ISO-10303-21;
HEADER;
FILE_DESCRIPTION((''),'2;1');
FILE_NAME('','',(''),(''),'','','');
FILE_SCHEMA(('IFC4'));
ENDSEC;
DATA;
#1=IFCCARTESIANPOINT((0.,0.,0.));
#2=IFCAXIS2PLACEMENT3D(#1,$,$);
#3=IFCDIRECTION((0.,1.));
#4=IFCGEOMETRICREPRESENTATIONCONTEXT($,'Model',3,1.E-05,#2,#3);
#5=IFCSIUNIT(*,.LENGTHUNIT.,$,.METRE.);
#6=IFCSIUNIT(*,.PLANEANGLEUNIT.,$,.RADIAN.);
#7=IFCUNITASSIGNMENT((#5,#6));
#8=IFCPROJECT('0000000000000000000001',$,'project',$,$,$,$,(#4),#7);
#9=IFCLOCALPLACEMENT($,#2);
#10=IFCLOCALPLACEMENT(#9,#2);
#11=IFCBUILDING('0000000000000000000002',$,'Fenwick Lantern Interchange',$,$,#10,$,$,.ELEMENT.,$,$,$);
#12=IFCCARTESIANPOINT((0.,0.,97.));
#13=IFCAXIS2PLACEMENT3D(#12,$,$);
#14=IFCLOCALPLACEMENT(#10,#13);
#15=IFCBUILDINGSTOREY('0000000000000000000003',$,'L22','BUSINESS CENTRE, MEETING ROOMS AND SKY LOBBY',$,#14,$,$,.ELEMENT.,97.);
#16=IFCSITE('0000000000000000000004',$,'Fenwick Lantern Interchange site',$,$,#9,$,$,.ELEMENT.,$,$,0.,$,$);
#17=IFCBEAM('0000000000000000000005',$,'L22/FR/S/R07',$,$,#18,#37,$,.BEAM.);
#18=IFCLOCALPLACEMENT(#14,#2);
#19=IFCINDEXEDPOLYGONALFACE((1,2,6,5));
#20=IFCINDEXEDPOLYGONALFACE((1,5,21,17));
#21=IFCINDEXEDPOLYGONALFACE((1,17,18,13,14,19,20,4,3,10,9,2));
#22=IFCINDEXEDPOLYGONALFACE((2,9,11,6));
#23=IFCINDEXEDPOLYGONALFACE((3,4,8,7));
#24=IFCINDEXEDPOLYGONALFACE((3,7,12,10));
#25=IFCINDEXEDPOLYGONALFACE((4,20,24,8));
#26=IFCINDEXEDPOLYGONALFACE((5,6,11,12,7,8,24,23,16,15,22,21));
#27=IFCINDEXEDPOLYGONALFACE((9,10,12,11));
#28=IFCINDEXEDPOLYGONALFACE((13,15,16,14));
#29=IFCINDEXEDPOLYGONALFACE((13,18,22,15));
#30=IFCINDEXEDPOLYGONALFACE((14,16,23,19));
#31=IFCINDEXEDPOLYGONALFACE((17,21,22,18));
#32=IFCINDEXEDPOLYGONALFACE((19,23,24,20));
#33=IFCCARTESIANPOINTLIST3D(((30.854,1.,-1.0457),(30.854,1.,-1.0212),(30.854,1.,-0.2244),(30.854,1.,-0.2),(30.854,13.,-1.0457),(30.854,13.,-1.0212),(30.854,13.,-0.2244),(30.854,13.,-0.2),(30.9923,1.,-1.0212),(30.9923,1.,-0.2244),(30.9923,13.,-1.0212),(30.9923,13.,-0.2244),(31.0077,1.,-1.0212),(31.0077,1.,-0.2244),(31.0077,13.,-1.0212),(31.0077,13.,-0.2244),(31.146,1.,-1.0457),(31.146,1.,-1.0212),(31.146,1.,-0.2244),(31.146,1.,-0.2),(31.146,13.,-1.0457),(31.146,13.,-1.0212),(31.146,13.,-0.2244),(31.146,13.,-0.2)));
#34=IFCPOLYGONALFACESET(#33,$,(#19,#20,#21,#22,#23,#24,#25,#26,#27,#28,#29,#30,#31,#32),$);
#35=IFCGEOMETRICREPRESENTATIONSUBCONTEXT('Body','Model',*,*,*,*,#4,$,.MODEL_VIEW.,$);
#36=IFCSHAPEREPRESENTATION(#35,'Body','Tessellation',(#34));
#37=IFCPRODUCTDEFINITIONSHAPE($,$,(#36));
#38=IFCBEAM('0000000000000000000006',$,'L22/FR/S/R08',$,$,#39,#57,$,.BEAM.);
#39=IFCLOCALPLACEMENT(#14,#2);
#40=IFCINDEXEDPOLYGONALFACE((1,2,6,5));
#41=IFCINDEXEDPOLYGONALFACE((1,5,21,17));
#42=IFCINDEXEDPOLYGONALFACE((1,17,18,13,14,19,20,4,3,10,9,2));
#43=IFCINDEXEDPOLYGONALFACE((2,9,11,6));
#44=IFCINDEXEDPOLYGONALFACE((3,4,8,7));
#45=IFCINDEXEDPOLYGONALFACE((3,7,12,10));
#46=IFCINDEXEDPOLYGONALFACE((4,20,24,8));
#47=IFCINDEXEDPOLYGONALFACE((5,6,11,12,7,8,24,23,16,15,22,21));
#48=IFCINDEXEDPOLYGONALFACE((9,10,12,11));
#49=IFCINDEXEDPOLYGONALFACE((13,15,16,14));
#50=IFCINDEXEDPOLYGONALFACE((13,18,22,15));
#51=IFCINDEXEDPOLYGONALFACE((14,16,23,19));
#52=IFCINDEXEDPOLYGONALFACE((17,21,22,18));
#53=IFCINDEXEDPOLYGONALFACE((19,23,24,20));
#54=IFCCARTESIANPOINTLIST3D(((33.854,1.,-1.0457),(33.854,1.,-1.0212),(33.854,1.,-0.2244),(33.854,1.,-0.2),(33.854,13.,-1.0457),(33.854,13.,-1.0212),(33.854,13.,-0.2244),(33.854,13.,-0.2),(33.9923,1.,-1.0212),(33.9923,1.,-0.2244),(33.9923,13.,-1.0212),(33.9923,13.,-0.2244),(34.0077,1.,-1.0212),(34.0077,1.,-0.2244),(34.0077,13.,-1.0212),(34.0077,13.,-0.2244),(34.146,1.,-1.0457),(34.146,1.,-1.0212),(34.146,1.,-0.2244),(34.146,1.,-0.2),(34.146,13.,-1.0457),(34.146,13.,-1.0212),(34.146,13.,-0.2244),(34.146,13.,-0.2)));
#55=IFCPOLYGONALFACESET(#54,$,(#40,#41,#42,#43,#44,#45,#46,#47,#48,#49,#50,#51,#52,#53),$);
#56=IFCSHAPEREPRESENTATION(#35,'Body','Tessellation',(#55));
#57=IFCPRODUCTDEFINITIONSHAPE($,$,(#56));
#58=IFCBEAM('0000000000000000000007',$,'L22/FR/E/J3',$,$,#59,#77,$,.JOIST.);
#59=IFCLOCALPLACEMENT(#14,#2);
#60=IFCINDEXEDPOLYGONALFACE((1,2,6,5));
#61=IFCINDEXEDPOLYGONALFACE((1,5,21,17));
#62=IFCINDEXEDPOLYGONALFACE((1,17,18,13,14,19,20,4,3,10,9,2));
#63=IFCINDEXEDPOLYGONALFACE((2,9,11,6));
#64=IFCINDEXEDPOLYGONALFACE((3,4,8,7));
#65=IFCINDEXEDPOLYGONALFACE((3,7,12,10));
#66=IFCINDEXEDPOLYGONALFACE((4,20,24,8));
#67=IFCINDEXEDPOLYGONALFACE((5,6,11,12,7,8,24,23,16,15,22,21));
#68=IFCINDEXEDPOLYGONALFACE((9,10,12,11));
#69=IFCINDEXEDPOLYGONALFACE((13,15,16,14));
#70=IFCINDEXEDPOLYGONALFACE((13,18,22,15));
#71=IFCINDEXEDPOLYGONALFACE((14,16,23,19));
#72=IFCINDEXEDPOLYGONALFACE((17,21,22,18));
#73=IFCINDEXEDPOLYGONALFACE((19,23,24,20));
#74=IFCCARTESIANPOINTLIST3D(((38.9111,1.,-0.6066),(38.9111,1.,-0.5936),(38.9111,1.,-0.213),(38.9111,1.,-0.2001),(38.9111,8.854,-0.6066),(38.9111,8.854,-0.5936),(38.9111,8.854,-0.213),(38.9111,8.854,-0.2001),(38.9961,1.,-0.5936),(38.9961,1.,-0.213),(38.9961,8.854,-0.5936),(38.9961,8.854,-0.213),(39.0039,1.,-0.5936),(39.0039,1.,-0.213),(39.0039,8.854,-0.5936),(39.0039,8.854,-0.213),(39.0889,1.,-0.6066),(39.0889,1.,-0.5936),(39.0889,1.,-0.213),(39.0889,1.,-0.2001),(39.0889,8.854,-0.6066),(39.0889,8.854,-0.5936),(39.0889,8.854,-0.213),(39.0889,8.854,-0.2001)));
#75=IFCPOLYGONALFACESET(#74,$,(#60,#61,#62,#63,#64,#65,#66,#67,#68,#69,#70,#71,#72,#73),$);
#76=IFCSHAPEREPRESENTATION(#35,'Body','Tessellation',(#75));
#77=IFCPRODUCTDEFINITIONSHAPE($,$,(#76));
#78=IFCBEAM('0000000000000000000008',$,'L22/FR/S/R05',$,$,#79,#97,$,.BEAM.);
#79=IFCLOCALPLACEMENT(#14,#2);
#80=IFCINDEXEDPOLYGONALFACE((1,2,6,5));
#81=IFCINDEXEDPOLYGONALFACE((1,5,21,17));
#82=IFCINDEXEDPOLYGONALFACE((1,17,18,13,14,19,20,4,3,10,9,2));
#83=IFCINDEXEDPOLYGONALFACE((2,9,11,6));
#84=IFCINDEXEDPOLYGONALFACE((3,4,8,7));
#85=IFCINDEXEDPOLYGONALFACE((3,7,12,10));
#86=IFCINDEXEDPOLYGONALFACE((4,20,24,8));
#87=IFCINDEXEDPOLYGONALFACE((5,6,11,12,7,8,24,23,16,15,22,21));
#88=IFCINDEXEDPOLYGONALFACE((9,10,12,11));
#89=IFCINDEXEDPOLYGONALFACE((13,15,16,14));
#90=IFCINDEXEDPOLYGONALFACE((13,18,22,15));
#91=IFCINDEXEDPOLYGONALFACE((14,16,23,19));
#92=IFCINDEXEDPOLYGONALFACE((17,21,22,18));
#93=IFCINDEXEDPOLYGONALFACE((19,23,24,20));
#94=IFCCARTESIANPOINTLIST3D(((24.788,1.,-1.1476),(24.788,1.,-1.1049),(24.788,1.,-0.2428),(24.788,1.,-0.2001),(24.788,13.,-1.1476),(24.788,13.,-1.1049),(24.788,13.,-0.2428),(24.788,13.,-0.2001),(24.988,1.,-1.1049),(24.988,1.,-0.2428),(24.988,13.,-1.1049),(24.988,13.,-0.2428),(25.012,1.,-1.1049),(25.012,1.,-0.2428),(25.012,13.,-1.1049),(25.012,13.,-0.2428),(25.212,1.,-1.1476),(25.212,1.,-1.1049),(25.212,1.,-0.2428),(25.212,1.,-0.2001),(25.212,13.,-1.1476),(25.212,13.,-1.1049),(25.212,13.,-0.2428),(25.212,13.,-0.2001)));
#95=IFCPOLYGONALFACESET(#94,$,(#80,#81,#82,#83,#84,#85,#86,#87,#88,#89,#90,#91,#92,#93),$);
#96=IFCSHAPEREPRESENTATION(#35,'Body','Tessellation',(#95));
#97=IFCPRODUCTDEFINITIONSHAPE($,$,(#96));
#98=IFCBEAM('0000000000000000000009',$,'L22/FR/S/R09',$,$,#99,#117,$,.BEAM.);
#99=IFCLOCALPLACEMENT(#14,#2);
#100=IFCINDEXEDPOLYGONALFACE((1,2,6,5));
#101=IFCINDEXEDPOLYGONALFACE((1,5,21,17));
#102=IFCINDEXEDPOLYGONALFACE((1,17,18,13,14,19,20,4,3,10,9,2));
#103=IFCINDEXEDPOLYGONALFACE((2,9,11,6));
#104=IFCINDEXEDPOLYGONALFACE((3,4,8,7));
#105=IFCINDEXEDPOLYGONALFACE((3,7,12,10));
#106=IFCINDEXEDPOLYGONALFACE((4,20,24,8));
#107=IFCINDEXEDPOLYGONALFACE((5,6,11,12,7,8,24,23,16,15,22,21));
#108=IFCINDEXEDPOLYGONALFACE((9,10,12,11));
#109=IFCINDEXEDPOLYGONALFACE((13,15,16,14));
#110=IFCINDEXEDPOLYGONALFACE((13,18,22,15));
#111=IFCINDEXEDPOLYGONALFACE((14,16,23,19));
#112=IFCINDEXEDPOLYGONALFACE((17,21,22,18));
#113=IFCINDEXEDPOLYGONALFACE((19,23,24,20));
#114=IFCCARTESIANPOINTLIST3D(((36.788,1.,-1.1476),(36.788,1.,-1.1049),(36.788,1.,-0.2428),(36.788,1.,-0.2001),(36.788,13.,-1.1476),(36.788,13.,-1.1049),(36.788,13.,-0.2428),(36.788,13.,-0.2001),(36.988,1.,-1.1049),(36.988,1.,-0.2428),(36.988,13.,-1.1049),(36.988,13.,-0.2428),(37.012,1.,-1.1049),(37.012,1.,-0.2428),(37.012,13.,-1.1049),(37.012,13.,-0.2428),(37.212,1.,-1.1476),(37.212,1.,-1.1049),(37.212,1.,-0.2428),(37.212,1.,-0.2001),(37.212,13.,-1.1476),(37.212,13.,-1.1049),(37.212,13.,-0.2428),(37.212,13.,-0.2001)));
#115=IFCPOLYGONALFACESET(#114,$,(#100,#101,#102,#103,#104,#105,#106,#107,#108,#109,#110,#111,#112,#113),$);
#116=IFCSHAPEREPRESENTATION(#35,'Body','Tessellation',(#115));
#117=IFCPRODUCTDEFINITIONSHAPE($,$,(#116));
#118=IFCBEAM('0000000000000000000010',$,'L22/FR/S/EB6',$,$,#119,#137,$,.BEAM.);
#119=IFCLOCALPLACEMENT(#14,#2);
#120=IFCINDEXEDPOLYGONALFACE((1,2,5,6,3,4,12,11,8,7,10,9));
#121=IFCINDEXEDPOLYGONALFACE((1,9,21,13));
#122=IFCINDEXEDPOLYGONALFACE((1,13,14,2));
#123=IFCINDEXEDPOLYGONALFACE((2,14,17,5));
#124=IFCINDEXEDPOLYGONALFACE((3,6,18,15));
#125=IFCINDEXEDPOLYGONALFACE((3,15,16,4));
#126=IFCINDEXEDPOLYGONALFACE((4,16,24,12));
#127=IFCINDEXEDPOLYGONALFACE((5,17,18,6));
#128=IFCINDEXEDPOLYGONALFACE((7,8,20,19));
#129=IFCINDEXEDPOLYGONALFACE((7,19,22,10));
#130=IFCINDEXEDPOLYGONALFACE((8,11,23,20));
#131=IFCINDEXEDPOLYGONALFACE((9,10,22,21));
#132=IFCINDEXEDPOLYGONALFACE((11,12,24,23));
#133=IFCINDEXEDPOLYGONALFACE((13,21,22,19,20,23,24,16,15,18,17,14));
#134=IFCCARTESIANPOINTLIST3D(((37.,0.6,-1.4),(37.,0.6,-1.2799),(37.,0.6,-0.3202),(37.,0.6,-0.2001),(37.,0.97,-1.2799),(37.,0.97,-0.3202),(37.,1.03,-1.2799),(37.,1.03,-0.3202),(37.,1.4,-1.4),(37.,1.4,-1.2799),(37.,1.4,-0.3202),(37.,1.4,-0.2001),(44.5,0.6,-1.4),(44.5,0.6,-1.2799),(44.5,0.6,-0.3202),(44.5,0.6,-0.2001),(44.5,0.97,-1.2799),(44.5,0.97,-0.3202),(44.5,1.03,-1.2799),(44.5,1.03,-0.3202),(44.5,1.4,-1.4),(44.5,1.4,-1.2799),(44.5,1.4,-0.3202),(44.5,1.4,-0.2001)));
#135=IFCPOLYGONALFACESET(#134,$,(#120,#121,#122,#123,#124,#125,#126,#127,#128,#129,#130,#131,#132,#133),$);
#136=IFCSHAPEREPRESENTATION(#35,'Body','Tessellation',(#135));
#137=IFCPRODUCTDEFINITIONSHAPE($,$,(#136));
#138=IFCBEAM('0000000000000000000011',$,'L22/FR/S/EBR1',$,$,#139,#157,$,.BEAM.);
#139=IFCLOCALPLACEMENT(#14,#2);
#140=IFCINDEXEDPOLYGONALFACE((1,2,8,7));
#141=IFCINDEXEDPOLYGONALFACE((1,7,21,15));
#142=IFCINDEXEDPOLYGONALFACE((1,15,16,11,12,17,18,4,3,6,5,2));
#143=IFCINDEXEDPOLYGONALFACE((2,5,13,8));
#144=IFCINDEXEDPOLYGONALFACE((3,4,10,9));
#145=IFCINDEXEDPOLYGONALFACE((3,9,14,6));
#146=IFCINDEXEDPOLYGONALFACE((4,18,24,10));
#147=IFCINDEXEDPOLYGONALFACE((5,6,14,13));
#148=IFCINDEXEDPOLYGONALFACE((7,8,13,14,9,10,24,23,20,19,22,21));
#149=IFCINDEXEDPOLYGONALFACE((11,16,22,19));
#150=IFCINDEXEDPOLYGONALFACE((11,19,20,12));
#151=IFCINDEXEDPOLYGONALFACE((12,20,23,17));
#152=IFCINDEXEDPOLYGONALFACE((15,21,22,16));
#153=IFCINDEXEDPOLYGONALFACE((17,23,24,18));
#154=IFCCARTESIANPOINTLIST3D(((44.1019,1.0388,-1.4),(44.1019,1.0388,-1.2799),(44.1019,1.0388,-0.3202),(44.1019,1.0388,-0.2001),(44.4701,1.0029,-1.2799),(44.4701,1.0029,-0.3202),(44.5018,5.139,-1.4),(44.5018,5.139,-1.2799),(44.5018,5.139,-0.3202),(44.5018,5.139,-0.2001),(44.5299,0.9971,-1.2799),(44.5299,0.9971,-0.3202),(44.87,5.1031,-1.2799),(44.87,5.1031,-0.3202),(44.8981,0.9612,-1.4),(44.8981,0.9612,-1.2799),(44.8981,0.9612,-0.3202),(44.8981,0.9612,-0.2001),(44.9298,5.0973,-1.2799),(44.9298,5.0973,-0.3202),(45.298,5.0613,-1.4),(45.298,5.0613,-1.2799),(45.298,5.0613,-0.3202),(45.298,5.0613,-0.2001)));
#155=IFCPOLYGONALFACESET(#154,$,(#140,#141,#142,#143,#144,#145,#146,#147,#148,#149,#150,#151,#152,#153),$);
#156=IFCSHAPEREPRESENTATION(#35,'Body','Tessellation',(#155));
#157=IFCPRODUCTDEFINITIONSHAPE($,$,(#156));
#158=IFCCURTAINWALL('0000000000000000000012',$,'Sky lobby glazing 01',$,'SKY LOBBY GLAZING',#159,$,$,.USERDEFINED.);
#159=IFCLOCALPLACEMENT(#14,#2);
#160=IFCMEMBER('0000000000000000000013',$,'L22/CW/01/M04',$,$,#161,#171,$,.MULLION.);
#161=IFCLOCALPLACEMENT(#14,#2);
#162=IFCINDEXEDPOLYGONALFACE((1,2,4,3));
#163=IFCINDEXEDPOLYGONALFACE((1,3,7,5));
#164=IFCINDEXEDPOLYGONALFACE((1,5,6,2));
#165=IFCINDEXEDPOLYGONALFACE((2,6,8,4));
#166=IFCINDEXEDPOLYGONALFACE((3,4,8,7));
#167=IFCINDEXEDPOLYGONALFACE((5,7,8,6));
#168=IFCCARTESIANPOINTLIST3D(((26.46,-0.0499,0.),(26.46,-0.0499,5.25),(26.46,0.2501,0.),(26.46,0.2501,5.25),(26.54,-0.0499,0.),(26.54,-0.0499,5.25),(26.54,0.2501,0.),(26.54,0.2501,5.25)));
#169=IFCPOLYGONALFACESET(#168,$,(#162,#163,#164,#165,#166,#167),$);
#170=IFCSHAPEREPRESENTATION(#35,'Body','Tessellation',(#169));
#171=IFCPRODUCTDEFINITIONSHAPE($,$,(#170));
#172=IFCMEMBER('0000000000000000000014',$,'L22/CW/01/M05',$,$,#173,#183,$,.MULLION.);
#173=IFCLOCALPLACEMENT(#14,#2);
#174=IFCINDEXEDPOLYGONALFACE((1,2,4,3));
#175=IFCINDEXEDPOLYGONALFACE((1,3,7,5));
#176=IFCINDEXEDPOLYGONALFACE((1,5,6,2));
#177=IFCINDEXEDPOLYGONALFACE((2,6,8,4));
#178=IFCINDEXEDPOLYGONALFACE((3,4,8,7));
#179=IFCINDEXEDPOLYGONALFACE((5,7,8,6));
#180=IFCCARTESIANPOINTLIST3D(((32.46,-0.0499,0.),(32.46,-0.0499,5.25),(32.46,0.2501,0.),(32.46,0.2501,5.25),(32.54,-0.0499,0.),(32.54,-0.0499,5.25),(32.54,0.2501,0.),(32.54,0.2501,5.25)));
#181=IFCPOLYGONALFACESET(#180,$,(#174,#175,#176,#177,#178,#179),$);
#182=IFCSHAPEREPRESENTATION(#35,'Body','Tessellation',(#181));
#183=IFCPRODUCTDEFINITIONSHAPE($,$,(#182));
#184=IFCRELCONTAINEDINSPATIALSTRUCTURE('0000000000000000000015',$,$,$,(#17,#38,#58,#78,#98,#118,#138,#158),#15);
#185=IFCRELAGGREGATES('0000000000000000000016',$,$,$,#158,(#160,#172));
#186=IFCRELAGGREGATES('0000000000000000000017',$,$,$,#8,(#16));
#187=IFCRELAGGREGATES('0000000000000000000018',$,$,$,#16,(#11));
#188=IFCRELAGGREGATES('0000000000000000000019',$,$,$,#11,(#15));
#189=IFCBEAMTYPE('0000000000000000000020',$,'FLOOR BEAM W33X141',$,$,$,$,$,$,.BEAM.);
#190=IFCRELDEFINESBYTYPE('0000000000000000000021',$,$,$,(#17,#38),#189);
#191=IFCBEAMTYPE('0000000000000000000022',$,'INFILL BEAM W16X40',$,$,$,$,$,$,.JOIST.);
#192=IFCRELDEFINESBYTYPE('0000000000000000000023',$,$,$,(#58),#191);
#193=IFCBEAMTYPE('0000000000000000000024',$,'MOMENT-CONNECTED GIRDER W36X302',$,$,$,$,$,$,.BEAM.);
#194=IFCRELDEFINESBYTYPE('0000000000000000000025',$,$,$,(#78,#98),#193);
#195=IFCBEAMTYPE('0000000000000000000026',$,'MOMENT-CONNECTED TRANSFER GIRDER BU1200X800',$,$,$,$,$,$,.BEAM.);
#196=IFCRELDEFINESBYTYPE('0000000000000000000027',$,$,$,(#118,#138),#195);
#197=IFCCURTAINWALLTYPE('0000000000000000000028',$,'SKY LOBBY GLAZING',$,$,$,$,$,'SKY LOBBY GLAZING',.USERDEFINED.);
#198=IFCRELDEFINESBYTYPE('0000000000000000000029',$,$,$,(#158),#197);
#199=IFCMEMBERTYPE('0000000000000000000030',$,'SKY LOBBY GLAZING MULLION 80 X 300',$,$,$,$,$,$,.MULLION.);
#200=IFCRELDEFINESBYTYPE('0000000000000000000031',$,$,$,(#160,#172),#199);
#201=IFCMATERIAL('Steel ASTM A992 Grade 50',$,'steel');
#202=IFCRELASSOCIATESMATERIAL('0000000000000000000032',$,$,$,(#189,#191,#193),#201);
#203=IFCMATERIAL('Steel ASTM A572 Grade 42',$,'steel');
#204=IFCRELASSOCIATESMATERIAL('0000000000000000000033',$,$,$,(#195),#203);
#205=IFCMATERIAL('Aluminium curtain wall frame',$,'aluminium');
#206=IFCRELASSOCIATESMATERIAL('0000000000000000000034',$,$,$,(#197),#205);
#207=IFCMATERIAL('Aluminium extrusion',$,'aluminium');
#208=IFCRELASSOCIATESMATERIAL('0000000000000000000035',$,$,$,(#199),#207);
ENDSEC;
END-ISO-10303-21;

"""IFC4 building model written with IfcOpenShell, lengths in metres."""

from ifc_helpers import new_model, si_unit, direction, frame, origin, origin_2d, place, context, subcontext, project, spatial, rectangle, i_section, extrude, material, material_profile, profile_set, type_object, element, aggregate, save


model = new_model("IFC4")

# Units and contexts
model_context = context("Model", 3, precision=1e-05, world=origin(), true_north=direction((0.0, 1.0)))
body_context = subcontext(model_context, "Body", "Model", "MODEL_VIEW")
ifc_project = project(units=[si_unit("LENGTHUNIT", "METRE"), si_unit("PLANEANGLEUNIT", "RADIAN")], contexts=[model_context])

# Site, building, storey
site_placement = place(None, origin())
site = spatial("IfcSite", under=ifc_project, at=site_placement, Name="Fenwick Lantern Interchange site", CompositionType="ELEMENT", RefElevation=0.0)
building_placement = place(site_placement, origin())
building = spatial("IfcBuilding", under=site, at=building_placement, Name="Fenwick Lantern Interchange", CompositionType="ELEMENT")
storey_placement = place(building_placement, frame((0.0, 0.0, 97.0)))
storey = spatial("IfcBuildingStorey", under=building, at=storey_placement, Name="L22", Description="BUSINESS CENTRE, MEETING ROOMS AND SKY LOBBY", CompositionType="ELEMENT", Elevation=97.0)

# Shared definitions
ifc_material_1 = material(Name="Steel ASTM A992 Grade 50", Category="steel")

# Beams
ifc_material_profile_1 = material_profile(ifc_material_1, i_section(OverallWidth=0.292, OverallDepth=0.8457, WebThickness=0.0154, FlangeThickness=0.0244, at=origin_2d()), Name="W33X141")
ifc_profile_set_1 = profile_set([ifc_material_profile_1], Name="Steel ASTM A992 Grade 50")
beam_type_1 = type_object("IfcBeamType", Name="FLOOR BEAM W33X141", PredefinedType="BEAM", material=ifc_profile_set_1)
for number, where, z_axis, x_axis, name in (
    (1, (31.0, 1.0, -0.6228), (0.0, 1.0, 0.0), (-1.0, 0.0, 0.0), "L22/FR/S/R07"),
    (2, (34.0, 1.0, -0.6228), (0.0, 1.0, 0.0), (-1.0, 0.0, 0.0), "L22/FR/S/R08"),
):
    element("IfcBeam", number, at=place(storey_placement, frame(where, z_axis=z_axis, x_axis=x_axis)), inside=storey, type_object=beam_type_1, Name=name, PredefinedType="BEAM", context=body_context, shape_type="SweptSolid", body=[
        extrude(i_section(OverallWidth=0.292, OverallDepth=0.8457, WebThickness=0.0154, FlangeThickness=0.0244, at=origin_2d()), origin(), (0.0, 0.0, 1.0), 12.0),
    ])
ifc_material_profile_2 = material_profile(ifc_material_1, i_section(OverallWidth=0.1777, OverallDepth=0.4065, WebThickness=0.0078, FlangeThickness=0.0129, at=origin_2d()), Name="W16X40")
ifc_profile_set_2 = profile_set([ifc_material_profile_2], Name="Steel ASTM A992 Grade 50")
beam_type_2 = type_object("IfcBeamType", Name="INFILL BEAM W16X40", PredefinedType="JOIST", material=ifc_profile_set_2)
beam_1_placement = place(storey_placement, frame((39.0, 1.0, -0.4033), z_axis=(0.0, 1.0, 0.0), x_axis=(-1.0, 0.0, 0.0)))
element("IfcBeam", 3, at=beam_1_placement, inside=storey, type_object=beam_type_2, Name="L22/FR/E/J3", PredefinedType="JOIST", context=body_context, shape_type="SweptSolid", body=[
    extrude(i_section(OverallWidth=0.1777, OverallDepth=0.4065, WebThickness=0.0078, FlangeThickness=0.0129, at=origin_2d()), origin(), (0.0, 0.0, 1.0), 7.854),
])
ifc_material_profile_3 = material_profile(ifc_material_1, i_section(OverallWidth=0.4241, OverallDepth=0.9475, WebThickness=0.0239, FlangeThickness=0.0427, at=origin_2d()), Name="W36X302")
ifc_profile_set_3 = profile_set([ifc_material_profile_3], Name="Steel ASTM A992 Grade 50")
beam_type_3 = type_object("IfcBeamType", Name="MOMENT-CONNECTED GIRDER W36X302", PredefinedType="BEAM", material=ifc_profile_set_3)
for number, where, z_axis, x_axis, name in (
    (4, (25.0, 1.0, -0.6738), (0.0, 1.0, 0.0), (-1.0, 0.0, 0.0), "L22/FR/S/R05"),
    (5, (37.0, 1.0, -0.6738), (0.0, 1.0, 0.0), (-1.0, 0.0, 0.0), "L22/FR/S/R09"),
):
    element("IfcBeam", number, at=place(storey_placement, frame(where, z_axis=z_axis, x_axis=x_axis)), inside=storey, type_object=beam_type_3, Name=name, PredefinedType="BEAM", context=body_context, shape_type="SweptSolid", body=[
        extrude(i_section(OverallWidth=0.4241, OverallDepth=0.9475, WebThickness=0.0239, FlangeThickness=0.0427, at=origin_2d()), origin(), (0.0, 0.0, 1.0), 12.0),
    ])
ifc_material_2 = material(Name="Steel ASTM A572 Grade 42", Category="steel")
ifc_material_profile_4 = material_profile(ifc_material_2, i_section(OverallWidth=0.8, OverallDepth=1.2, WebThickness=0.0601, FlangeThickness=0.1201, at=origin_2d()), Name="BU1200X800")
ifc_profile_set_4 = profile_set([ifc_material_profile_4], Name="Steel ASTM A572 Grade 42")
beam_type_4 = type_object("IfcBeamType", Name="MOMENT-CONNECTED TRANSFER GIRDER BU1200X800", PredefinedType="BEAM", material=ifc_profile_set_4)
beam_2_placement = place(storey_placement, frame((37.0, 1.0, -0.8), z_axis=(1.0, 0.0, 0.0), x_axis=(0.0, 1.0, 0.0)))
element("IfcBeam", 6, at=beam_2_placement, inside=storey, type_object=beam_type_4, Name="L22/FR/S/EB6", PredefinedType="BEAM", context=body_context, shape_type="SweptSolid", body=[
    extrude(i_section(OverallWidth=0.8, OverallDepth=1.2, WebThickness=0.0601, FlangeThickness=0.1201, at=origin_2d()), origin(), (0.0, 0.0, 1.0), 7.5),
])
beam_3_placement = place(storey_placement, frame((44.5, 1.0, -0.8), z_axis=(0.097074, 0.995277, 0.0), x_axis=(-0.995277, 0.097074, 0.0)))
element("IfcBeam", 7, at=beam_3_placement, inside=storey, type_object=beam_type_4, Name="L22/FR/S/EBR1", PredefinedType="BEAM", context=body_context, shape_type="SweptSolid", body=[
    extrude(i_section(OverallWidth=0.8, OverallDepth=1.2, WebThickness=0.0601, FlangeThickness=0.1201, at=origin_2d()), origin(), (0.0, 0.0, 1.0), 4.1196),
])

# Curtain wall, members
ifc_material_3 = material(Name="Aluminium curtain wall frame", Category="aluminium")
curtain_wall_type = type_object("IfcCurtainWallType", Name="SKY LOBBY GLAZING", ElementType="SKY LOBBY GLAZING", PredefinedType="USERDEFINED", material=ifc_material_3)
curtain_wall_placement = place(storey_placement, origin())
curtain_wall = element("IfcCurtainWall", 8, at=curtain_wall_placement, inside=storey, type_object=curtain_wall_type, Name="Sky lobby glazing 01", ObjectType="SKY LOBBY GLAZING", PredefinedType="USERDEFINED")
ifc_material_4 = material(Name="Aluminium extrusion", Category="aluminium")
ifc_material_profile_5 = material_profile(ifc_material_4, rectangle(XDim=0.3, YDim=0.0801, at=origin_2d()), Name="SKY LOBBY GLAZING MULLION 80 X 300")
ifc_profile_set_5 = profile_set([ifc_material_profile_5], Name="Aluminium extrusion")
member_type_1 = type_object("IfcMemberType", Name="SKY LOBBY GLAZING MULLION 80 X 300", PredefinedType="MULLION", material=ifc_profile_set_5)
member_1_placement = place(storey_placement, frame((26.5, 0.1001, 0.0), z_axis=(0.0, 0.0, 1.0), x_axis=(0.0, 1.0, 0.0)))
member_1 = element("IfcMember", 9, at=member_1_placement, type_object=member_type_1, Name="L22/CW/01/M04", PredefinedType="MULLION", context=body_context, shape_type="SweptSolid", body=[
    extrude(rectangle(XDim=0.3, YDim=0.0801, at=origin_2d()), origin(), (0.0, 0.0, 1.0), 5.25),
])
member_2_placement = place(storey_placement, frame((32.5, 0.1001, 0.0), z_axis=(0.0, 0.0, 1.0), x_axis=(0.0, 1.0, 0.0)))
member_2 = element("IfcMember", 10, at=member_2_placement, type_object=member_type_1, Name="L22/CW/01/M05", PredefinedType="MULLION", context=body_context, shape_type="SweptSolid", body=[
    extrude(rectangle(XDim=0.3, YDim=0.0801, at=origin_2d()), origin(), (0.0, 0.0, 1.0), 5.25),
])
aggregate(curtain_wall, [member_1, member_2])

save(model, "model.ifc")
